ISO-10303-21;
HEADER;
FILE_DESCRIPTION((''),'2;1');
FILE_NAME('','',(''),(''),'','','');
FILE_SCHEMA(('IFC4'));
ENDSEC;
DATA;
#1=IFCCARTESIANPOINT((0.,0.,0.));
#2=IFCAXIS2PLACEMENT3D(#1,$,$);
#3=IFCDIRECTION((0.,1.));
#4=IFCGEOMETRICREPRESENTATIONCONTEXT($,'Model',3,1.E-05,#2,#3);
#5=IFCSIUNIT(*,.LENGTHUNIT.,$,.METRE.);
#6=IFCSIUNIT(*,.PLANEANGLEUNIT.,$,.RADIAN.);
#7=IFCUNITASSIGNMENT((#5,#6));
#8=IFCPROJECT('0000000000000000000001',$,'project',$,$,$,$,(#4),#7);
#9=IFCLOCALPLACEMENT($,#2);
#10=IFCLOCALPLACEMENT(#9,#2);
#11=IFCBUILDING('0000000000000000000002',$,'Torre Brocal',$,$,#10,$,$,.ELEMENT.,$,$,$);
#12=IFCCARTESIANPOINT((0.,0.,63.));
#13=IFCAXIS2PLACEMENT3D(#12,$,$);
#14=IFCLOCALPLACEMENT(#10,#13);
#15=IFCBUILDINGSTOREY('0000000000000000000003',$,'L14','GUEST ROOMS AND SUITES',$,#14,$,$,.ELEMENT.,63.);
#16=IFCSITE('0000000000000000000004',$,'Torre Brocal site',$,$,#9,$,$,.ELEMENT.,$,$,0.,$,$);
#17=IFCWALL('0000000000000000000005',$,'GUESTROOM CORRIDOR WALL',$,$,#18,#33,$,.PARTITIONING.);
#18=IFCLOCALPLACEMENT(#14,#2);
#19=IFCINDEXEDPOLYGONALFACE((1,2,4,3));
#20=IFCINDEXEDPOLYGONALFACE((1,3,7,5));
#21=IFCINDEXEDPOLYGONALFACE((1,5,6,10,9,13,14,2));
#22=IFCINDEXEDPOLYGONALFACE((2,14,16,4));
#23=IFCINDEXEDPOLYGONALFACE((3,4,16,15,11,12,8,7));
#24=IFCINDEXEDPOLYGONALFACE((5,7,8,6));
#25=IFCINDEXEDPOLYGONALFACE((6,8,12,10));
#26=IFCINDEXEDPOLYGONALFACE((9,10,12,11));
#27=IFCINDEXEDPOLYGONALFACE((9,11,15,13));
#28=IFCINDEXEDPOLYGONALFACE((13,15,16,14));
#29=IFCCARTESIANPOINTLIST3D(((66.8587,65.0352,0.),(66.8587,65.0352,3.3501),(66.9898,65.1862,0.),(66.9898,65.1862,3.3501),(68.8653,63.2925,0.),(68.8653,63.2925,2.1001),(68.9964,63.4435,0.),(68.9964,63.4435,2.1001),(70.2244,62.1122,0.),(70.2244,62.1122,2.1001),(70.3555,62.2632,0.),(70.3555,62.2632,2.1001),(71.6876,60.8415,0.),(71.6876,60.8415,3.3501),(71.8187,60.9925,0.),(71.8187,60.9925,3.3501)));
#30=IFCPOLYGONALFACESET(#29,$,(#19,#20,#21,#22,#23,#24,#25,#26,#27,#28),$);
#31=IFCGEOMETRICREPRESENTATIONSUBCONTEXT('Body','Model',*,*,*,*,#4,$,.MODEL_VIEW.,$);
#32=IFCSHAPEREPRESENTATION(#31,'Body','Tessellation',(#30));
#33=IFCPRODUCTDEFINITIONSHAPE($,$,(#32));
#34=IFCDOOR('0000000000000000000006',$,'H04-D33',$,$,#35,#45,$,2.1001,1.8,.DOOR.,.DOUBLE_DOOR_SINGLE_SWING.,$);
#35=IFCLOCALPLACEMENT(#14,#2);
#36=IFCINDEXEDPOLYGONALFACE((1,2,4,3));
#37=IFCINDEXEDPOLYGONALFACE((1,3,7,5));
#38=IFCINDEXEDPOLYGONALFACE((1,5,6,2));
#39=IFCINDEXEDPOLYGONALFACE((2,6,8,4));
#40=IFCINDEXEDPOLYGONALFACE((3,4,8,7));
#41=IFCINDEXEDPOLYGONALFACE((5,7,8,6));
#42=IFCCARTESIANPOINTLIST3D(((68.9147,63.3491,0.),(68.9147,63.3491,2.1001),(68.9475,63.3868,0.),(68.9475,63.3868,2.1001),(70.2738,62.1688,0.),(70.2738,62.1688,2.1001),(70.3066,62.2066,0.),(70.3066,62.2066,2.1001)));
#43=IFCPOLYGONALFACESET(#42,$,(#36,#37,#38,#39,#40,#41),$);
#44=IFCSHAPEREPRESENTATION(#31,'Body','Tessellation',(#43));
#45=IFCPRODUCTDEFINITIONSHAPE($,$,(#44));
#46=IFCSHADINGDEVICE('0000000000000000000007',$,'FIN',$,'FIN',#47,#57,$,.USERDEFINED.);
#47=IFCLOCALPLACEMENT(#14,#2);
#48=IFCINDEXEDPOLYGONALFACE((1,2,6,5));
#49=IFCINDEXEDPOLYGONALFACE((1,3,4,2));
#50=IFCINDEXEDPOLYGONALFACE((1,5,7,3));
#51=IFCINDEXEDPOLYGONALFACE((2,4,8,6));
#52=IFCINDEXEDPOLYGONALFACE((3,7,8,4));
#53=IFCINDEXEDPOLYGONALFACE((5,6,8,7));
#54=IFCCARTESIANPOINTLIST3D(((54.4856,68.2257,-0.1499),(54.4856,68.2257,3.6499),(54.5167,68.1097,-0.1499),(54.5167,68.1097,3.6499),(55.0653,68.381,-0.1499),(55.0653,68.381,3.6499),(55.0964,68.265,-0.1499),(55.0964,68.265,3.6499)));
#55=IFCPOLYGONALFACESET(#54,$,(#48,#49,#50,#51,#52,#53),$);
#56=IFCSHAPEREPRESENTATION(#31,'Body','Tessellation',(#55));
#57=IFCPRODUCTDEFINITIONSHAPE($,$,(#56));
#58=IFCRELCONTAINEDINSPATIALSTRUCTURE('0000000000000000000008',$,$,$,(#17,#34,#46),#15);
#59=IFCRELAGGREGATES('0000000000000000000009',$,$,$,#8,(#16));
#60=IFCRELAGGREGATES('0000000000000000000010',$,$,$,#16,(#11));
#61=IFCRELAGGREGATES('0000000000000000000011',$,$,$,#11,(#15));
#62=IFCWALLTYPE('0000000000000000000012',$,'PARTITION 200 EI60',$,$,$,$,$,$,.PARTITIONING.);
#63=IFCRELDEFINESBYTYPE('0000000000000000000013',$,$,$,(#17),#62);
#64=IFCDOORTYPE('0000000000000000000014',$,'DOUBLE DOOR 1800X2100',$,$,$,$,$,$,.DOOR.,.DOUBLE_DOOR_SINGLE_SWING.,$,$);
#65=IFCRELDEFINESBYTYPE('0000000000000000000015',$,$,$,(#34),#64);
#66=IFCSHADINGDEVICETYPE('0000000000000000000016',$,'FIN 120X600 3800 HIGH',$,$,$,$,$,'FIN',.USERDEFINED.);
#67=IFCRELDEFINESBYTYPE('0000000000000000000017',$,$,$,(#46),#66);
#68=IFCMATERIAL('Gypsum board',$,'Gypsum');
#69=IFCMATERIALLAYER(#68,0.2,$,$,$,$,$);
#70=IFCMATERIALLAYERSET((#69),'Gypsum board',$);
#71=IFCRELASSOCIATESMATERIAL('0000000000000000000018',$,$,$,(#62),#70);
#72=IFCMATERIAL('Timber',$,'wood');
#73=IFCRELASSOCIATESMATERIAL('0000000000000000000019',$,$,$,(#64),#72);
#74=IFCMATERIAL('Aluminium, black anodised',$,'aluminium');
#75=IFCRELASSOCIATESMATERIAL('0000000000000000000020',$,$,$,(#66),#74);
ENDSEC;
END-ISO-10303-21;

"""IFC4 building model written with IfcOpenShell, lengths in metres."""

from ifc_helpers import new_model, si_unit, direction, frame, frame_2d, origin, origin_2d, place, context, subcontext, project, spatial, rectangle, extrude, material, layer, layer_set, material_profile, profile_set, type_object, element, fill, save


model = new_model("IFC4")

# Units and contexts
model_context = context("Model", 3, precision=1e-05, world=origin(), true_north=direction((0.0, 1.0)))
body_context = subcontext(model_context, "Body", "Model", "MODEL_VIEW")
ifc_project = project(units=[si_unit("LENGTHUNIT", "METRE"), si_unit("PLANEANGLEUNIT", "RADIAN")], contexts=[model_context])

# Site, building, storey
site_placement = place(None, origin())
site = spatial("IfcSite", under=ifc_project, at=site_placement, Name="Torre Brocal site", CompositionType="ELEMENT", RefElevation=0.0)
building_placement = place(site_placement, origin())
building = spatial("IfcBuilding", under=site, at=building_placement, Name="Torre Brocal", CompositionType="ELEMENT")
storey_placement = place(building_placement, frame((0.0, 0.0, 63.0)))
storey = spatial("IfcBuildingStorey", under=building, at=storey_placement, Name="L14", Description="GUEST ROOMS AND SUITES", CompositionType="ELEMENT", Elevation=63.0)

# Shared definitions
ifc_material_1 = material(Name="Gypsum board", Category="Gypsum")
ifc_layer_1 = layer(ifc_material_1, 0.2)
ifc_layer_set_1 = layer_set([ifc_layer_1], Name="Gypsum board")
wall_type_1 = type_object("IfcWallType", Name="PARTITION 200 EI60", PredefinedType="PARTITIONING", material=ifc_layer_set_1)

# Wall, opening, door
wall_1_placement = place(storey_placement, frame((66.9243, 65.1106, 0.0), z_axis=(0.0, 0.0, 1.0), x_axis=(0.755024, -0.655698, 0.0)))
wall_1 = element("IfcWall", 1, at=wall_1_placement, inside=storey, type_object=wall_type_1, Name="GUESTROOM CORRIDOR WALL", PredefinedType="PARTITIONING", context=body_context, shape_type="SweptSolid", body=[
    extrude(rectangle(XDim=6.3958, YDim=0.2, at=frame_2d((3.1978, 0.0))), origin(), (0.0, 0.0, 1.0), 3.3501),
])
opening_1_placement = place(wall_1_placement, frame((2.6577, 0.0, 0.0)))
opening_1 = element("IfcOpeningElement", 2, at=opening_1_placement, cuts=wall_1, PredefinedType="OPENING", context=body_context, shape_type="SweptSolid", body=[
    extrude(rectangle(XDim=1.8, YDim=2.1001, at=frame_2d((0.8999, 1.05))), frame((0.0, 0.1099, 0.0), z_axis=(0.0, -1.0, 0.0), x_axis=(1.0, 0.0, 0.0)), (0.0, 0.0, 1.0), 0.22),
])
ifc_material_2 = material(Name="Timber", Category="wood")
door_type_1 = type_object("IfcDoorType", Name="DOUBLE DOOR 1800X2100", OperationType="DOUBLE_DOOR_SINGLE_SWING", PredefinedType="DOOR", material=ifc_material_2)
door_1_placement = place(opening_1_placement, frame((1.8, 0.0, 0.0), z_axis=(0.0, 0.0, 1.0), x_axis=(-1.0, 0.0, 0.0)))
door_1 = element("IfcDoor", 3, at=door_1_placement, inside=storey, type_object=door_type_1, Name="H04-D33", OperationType="DOUBLE_DOOR_SINGLE_SWING", OverallHeight=2.1001, OverallWidth=1.8, PredefinedType="DOOR", context=body_context, shape_type="SweptSolid", body=[
    extrude(rectangle(XDim=1.8, YDim=2.1001, at=frame_2d((0.8999, 1.05))), frame((0.0, 0.0249, 0.0), z_axis=(0.0, -1.0, 0.0), x_axis=(1.0, 0.0, 0.0)), (0.0, 0.0, 1.0), 0.05),
])
fill(opening_1, door_1)

# Shading device
ifc_material_3 = material(Name="Aluminium, black anodised", Category="aluminium")
ifc_material_profile_1 = material_profile(ifc_material_3, rectangle(XDim=0.1201, YDim=0.6001, at=origin_2d()), Name="FIN 120X600 3800 HIGH")
ifc_profile_set_1 = profile_set([ifc_material_profile_1], Name="Aluminium, black anodised")
shading_device_type = type_object("IfcShadingDeviceType", Name="FIN 120X600 3800 HIGH", ElementType="FIN", PredefinedType="USERDEFINED", material=ifc_profile_set_1)
shading_device_placement = place(storey_placement, frame((54.791, 68.2454, -0.1499), z_axis=(0.0, 0.0, 1.0), x_axis=(0.258819, -0.965926, 0.0)))
element("IfcShadingDevice", 4, at=shading_device_placement, inside=storey, type_object=shading_device_type, Name="FIN", ObjectType="FIN", PredefinedType="USERDEFINED", context=body_context, shape_type="SweptSolid", body=[
    extrude(rectangle(XDim=0.1201, YDim=0.6001, at=origin_2d()), origin(), (0.0, 0.0, 1.0), 3.7998),
])

save(model, "model.ifc")
